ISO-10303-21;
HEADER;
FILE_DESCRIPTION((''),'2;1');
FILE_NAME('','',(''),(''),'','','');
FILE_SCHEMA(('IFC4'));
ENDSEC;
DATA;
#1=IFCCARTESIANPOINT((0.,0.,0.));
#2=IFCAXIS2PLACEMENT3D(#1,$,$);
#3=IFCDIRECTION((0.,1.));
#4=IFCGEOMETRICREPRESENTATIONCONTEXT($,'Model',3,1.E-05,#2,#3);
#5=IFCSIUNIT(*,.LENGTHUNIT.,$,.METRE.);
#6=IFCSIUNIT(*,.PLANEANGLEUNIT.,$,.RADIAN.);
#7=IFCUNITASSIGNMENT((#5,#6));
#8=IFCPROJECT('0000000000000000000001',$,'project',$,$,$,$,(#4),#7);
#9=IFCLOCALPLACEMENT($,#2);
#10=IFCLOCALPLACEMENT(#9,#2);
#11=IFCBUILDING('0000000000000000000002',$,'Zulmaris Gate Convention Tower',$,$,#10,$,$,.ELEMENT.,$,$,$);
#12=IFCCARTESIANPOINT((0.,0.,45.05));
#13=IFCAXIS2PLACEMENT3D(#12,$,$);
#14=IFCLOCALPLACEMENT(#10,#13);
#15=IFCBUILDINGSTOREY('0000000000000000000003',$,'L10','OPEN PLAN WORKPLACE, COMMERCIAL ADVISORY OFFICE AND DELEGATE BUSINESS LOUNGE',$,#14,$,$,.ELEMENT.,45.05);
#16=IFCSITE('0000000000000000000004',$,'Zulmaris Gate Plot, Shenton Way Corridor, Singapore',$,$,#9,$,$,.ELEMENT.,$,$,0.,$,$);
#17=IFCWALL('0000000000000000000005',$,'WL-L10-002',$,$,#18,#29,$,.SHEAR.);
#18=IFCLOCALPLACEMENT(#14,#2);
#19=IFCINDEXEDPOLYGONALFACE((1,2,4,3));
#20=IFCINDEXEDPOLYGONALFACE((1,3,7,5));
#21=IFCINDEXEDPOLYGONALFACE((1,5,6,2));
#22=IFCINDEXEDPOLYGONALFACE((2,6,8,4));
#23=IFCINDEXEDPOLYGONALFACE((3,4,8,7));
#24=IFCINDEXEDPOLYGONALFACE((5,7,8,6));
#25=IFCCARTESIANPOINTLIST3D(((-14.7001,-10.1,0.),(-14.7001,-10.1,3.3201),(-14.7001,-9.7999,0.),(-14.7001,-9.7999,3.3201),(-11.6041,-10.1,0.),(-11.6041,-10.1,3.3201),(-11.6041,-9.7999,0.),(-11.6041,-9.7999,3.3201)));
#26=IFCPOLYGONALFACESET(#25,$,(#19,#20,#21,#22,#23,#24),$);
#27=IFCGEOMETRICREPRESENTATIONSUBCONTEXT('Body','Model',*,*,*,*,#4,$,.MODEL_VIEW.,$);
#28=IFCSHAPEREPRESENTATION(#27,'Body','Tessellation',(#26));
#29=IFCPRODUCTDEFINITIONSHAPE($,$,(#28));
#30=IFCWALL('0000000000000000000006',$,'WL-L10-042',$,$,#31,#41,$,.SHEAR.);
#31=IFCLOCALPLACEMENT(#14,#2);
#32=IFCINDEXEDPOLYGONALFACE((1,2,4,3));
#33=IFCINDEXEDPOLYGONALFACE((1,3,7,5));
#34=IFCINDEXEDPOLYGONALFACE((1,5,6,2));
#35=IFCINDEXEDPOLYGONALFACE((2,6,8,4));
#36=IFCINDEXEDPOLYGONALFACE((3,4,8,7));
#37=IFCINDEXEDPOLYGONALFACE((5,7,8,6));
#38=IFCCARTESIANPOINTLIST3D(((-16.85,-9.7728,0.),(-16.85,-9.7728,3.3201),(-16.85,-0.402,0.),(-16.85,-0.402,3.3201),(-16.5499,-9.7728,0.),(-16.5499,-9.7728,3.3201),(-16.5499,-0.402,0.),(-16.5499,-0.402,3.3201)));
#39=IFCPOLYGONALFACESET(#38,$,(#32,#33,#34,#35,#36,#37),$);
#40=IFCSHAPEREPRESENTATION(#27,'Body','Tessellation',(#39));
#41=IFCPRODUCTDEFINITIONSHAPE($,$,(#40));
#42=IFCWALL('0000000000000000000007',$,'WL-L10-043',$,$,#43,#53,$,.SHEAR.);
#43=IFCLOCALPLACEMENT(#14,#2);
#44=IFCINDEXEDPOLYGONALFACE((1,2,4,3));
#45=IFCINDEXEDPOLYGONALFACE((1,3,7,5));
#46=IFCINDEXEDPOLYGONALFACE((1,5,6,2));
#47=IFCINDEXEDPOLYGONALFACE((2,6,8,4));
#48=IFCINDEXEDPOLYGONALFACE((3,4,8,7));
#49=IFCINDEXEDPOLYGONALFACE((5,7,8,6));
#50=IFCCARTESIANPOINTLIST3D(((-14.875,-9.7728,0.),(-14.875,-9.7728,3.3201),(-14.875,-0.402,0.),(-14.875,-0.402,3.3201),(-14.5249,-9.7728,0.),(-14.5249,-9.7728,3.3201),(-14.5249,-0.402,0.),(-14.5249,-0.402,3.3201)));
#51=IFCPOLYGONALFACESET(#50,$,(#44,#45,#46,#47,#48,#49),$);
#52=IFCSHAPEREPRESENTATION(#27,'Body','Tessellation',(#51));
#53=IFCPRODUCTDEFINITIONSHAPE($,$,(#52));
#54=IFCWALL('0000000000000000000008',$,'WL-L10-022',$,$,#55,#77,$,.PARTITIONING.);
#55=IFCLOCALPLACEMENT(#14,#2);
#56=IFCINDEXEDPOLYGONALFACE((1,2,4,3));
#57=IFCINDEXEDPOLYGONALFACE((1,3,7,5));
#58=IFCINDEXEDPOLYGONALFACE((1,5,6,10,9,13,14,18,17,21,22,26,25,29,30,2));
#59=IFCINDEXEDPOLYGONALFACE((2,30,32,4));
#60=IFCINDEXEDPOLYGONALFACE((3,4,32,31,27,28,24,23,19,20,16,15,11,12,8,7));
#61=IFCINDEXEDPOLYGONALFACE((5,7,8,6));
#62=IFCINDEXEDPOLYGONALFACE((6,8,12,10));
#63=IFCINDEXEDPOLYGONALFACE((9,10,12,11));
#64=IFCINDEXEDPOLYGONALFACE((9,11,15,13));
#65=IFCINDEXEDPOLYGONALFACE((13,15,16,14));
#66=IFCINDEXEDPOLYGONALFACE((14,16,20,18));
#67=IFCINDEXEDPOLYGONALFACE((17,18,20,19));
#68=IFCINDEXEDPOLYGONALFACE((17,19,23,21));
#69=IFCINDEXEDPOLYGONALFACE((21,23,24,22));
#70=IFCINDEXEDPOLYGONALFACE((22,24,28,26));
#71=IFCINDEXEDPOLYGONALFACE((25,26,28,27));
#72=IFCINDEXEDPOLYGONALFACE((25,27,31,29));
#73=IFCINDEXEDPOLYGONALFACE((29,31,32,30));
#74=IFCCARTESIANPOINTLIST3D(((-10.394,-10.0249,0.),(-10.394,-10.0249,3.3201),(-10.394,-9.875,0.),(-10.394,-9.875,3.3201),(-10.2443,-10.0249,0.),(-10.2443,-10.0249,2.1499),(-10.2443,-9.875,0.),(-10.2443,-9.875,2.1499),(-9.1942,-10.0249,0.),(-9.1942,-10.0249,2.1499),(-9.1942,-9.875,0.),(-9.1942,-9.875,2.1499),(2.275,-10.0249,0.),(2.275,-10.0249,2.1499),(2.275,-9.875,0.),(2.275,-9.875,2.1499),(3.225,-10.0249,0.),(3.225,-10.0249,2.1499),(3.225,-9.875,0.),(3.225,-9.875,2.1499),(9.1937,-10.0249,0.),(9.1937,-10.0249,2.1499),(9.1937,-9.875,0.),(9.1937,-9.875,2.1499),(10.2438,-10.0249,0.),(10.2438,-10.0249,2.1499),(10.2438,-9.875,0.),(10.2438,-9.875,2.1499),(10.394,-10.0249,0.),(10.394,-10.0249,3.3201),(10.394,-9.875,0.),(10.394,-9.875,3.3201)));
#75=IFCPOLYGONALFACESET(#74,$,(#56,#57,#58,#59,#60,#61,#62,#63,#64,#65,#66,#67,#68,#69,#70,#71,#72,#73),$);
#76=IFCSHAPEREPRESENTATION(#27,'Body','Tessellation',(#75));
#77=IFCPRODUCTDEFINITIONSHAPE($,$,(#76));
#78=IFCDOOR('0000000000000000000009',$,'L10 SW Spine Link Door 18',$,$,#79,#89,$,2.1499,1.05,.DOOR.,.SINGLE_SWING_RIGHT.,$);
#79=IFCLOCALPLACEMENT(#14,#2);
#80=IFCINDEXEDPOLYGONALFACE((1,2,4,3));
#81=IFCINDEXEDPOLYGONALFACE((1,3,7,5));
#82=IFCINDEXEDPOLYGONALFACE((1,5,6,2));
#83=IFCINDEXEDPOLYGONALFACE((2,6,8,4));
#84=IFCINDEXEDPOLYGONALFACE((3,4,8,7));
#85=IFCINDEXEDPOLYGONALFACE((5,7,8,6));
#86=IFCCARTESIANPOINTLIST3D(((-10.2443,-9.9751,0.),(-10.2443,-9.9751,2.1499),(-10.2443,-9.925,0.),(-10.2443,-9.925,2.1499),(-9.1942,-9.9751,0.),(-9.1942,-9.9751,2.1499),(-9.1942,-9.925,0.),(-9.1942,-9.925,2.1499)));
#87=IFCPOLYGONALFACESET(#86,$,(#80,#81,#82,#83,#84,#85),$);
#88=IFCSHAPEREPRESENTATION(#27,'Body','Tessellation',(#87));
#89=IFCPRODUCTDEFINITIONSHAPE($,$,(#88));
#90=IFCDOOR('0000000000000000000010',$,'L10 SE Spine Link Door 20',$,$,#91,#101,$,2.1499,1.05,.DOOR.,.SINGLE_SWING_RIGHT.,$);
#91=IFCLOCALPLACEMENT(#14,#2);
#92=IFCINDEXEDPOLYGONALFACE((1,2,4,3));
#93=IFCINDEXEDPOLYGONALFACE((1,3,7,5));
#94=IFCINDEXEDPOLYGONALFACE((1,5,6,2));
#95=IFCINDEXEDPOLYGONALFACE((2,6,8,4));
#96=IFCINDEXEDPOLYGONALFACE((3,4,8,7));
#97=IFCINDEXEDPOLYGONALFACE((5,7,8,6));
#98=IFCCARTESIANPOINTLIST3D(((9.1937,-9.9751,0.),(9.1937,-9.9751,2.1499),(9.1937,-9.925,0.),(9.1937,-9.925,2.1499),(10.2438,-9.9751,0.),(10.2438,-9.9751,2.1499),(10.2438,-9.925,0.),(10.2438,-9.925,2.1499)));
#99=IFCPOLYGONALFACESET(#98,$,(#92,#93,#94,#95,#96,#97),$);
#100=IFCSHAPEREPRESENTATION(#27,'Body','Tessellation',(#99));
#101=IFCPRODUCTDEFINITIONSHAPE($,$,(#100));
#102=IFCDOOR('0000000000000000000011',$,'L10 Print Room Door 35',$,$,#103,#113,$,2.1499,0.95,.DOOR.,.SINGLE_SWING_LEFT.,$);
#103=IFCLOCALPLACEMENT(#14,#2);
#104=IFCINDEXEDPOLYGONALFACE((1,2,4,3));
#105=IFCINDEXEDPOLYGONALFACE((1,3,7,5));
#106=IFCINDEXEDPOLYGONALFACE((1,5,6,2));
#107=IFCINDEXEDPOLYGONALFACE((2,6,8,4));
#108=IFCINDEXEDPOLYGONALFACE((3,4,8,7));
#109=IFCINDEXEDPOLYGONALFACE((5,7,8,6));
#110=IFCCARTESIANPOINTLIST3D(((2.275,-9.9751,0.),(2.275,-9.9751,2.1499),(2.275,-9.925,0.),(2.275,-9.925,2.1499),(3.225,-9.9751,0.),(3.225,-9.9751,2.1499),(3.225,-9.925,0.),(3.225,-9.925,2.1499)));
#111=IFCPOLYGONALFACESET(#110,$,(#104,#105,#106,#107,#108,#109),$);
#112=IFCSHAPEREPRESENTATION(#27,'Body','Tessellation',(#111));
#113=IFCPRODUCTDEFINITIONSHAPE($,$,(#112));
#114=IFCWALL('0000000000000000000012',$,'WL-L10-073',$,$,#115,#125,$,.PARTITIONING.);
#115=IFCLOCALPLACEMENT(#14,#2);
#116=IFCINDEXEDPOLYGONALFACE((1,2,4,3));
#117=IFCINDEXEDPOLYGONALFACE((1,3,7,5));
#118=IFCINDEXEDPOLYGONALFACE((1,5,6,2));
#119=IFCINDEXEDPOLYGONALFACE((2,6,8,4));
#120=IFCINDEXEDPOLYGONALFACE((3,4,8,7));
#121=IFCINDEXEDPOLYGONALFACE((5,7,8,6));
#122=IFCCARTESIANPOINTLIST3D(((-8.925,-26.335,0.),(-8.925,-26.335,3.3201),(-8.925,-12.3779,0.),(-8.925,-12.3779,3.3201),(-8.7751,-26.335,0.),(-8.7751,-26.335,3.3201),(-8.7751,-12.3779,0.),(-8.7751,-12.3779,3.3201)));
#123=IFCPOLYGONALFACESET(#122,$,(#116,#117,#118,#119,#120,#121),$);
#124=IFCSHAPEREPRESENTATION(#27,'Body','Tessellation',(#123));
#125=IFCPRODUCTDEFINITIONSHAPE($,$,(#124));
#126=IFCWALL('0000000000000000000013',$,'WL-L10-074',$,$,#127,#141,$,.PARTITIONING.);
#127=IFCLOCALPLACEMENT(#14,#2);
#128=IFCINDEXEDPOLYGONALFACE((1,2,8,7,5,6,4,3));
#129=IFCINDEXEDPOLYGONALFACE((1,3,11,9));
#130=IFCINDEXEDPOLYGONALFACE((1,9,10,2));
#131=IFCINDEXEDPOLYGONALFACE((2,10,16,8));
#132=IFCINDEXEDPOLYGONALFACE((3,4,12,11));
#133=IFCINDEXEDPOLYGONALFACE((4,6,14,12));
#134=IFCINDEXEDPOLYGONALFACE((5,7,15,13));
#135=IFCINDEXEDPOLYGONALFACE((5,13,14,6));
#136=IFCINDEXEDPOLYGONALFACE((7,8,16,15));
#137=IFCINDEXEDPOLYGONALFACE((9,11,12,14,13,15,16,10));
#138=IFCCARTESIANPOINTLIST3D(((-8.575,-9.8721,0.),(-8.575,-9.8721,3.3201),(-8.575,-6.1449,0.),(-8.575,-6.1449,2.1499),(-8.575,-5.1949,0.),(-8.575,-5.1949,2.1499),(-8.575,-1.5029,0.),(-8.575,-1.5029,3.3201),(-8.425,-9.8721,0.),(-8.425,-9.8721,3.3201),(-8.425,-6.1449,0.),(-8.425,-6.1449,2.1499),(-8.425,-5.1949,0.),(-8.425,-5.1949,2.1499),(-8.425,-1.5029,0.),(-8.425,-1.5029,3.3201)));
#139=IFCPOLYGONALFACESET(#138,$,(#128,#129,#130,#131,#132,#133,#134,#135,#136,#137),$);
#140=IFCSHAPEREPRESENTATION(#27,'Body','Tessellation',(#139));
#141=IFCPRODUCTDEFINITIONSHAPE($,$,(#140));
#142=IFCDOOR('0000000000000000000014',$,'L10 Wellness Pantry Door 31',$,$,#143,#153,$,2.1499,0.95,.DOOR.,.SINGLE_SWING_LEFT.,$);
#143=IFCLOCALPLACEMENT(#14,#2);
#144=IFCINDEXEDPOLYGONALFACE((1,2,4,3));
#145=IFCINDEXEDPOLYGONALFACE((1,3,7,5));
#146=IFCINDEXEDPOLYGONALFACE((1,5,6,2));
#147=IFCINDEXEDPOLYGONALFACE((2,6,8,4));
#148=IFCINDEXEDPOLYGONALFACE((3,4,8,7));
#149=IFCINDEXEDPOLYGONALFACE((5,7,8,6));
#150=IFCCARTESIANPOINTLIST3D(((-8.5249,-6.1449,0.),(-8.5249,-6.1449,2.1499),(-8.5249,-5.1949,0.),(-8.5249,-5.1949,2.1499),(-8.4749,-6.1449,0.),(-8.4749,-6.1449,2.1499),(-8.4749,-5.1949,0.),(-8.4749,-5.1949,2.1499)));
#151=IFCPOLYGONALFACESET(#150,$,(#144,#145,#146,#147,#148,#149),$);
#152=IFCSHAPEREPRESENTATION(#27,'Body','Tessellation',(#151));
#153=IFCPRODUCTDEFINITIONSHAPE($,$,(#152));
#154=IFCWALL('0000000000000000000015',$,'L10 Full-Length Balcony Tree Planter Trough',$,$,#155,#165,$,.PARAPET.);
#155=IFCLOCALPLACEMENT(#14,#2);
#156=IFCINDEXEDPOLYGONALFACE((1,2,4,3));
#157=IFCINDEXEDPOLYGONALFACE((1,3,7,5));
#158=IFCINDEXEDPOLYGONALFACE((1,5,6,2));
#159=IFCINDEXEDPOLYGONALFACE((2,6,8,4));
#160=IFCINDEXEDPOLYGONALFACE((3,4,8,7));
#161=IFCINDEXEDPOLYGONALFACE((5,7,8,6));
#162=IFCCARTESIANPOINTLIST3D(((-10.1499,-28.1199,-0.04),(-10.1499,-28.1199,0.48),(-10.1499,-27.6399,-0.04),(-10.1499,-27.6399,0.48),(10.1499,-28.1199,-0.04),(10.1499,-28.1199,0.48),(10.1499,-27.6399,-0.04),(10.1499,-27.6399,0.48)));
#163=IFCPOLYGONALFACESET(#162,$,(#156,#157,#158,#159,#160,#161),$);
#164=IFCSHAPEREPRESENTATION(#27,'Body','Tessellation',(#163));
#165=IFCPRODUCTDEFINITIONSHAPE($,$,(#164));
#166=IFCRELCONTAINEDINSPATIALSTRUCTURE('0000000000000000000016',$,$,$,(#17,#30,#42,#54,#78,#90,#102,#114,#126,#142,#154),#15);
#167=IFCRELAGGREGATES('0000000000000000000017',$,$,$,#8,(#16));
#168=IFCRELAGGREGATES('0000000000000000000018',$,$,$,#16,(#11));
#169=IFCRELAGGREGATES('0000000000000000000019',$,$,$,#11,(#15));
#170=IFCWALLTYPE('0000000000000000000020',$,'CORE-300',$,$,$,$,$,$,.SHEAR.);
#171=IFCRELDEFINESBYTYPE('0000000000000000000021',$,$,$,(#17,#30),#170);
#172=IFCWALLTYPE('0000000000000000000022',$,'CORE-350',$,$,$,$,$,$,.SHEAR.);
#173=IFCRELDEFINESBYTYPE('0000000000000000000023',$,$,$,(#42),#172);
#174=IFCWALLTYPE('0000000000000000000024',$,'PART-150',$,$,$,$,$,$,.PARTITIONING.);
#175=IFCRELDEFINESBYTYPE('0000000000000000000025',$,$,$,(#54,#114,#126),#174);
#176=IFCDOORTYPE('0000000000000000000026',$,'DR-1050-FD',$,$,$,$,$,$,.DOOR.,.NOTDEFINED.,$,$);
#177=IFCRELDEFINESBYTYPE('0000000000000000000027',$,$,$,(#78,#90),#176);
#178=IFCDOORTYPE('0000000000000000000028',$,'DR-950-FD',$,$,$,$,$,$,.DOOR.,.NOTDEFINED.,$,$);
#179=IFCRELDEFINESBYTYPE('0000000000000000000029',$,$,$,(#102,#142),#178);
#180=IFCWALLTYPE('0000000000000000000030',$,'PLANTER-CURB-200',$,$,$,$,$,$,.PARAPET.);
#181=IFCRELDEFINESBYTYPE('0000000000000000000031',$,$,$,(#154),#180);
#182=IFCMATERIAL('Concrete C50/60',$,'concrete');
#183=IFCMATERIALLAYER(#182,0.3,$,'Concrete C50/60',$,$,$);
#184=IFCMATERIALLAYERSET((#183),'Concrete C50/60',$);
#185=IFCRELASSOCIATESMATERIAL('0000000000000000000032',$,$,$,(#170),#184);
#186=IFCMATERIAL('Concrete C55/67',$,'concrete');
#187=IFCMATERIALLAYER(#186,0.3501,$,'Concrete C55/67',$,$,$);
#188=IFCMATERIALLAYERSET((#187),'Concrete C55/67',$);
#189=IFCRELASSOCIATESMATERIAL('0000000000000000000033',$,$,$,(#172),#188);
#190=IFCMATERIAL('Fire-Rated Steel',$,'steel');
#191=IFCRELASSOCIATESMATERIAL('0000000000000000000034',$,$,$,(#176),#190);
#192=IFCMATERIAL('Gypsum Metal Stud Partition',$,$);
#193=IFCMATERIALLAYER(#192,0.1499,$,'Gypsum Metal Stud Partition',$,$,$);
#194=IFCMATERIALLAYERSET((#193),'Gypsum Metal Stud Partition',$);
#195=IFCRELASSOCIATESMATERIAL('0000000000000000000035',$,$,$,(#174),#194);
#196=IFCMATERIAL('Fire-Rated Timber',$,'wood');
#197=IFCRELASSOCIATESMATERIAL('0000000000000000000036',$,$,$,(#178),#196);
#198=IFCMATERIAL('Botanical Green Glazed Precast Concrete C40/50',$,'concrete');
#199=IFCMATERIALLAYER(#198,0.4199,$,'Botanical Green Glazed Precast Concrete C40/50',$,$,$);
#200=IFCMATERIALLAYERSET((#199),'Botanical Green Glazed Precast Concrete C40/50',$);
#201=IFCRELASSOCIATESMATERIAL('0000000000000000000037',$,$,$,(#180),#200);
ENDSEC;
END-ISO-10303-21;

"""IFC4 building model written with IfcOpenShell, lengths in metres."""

from ifc_helpers import new_model, si_unit, direction, frame, frame_2d, origin, place, context, subcontext, project, spatial, rectangle, extrude, material, layer, layer_set, type_object, element, fill, save


model = new_model("IFC4")

# Units and contexts
model_context = context("Model", 3, precision=1e-05, world=origin(), true_north=direction((0.0, 1.0)))
body_context = subcontext(model_context, "Body", "Model", "MODEL_VIEW")
ifc_project = project(units=[si_unit("LENGTHUNIT", "METRE"), si_unit("PLANEANGLEUNIT", "RADIAN")], contexts=[model_context])

# Site, building, storey
site_placement = place(None, origin())
site = spatial("IfcSite", under=ifc_project, at=site_placement, Name="Zulmaris Gate Plot, Shenton Way Corridor, Singapore", CompositionType="ELEMENT", RefElevation=0.0)
building_placement = place(site_placement, origin())
building = spatial("IfcBuilding", under=site, at=building_placement, Name="Zulmaris Gate Convention Tower", CompositionType="ELEMENT")
storey_placement = place(building_placement, frame((0.0, 0.0, 45.05)))
storey = spatial("IfcBuildingStorey", under=building, at=storey_placement, Name="L10", Description="OPEN PLAN WORKPLACE, COMMERCIAL ADVISORY OFFICE AND DELEGATE BUSINESS LOUNGE", CompositionType="ELEMENT", Elevation=45.05)

# Walls
ifc_material_1 = material(Name="Concrete C50/60", Category="concrete")
ifc_layer_1 = layer(ifc_material_1, 0.3, Name="Concrete C50/60")
ifc_layer_set_1 = layer_set([ifc_layer_1], Name="Concrete C50/60")
wall_type_1 = type_object("IfcWallType", Name="CORE-300", PredefinedType="SHEAR", material=ifc_layer_set_1)
wall_1_placement = place(storey_placement, frame((-14.7, -9.95, 0.0), z_axis=(0.0, 0.0, 1.0), x_axis=(1.0, 0.0, 0.0)))
element("IfcWall", 1, at=wall_1_placement, inside=storey, type_object=wall_type_1, Name="WL-L10-002", PredefinedType="SHEAR", context=body_context, shape_type="SweptSolid", body=[
    extrude(rectangle(XDim=3.0959, YDim=0.3, at=frame_2d((1.5479, 0.0))), origin(), (0.0, 0.0, 1.0), 3.3201),
])
wall_2_placement = place(storey_placement, frame((-16.7, -9.7729, 0.0), z_axis=(0.0, 0.0, 1.0), x_axis=(0.0, 1.0, 0.0)))
element("IfcWall", 2, at=wall_2_placement, inside=storey, type_object=wall_type_1, Name="WL-L10-042", PredefinedType="SHEAR", context=body_context, shape_type="SweptSolid", body=[
    extrude(rectangle(XDim=9.3708, YDim=0.3, at=frame_2d((4.6855, 0.0))), origin(), (0.0, 0.0, 1.0), 3.3201),
])

# Shared definitions
ifc_material_2 = material(Name="Concrete C55/67", Category="concrete")
ifc_layer_2 = layer(ifc_material_2, 0.3501, Name="Concrete C55/67")
ifc_layer_set_2 = layer_set([ifc_layer_2], Name="Concrete C55/67")
wall_type_2 = type_object("IfcWallType", Name="CORE-350", PredefinedType="SHEAR", material=ifc_layer_set_2)
ifc_material_3 = material(Name="Fire-Rated Steel", Category="steel")
door_type_1 = type_object("IfcDoorType", Name="DR-1050-FD", OperationType="NOTDEFINED", PredefinedType="DOOR", material=ifc_material_3)

# Wall
wall_3_placement = place(storey_placement, frame((-14.7, -9.7729, 0.0), z_axis=(0.0, 0.0, 1.0), x_axis=(0.0, 1.0, 0.0)))
element("IfcWall", 3, at=wall_3_placement, inside=storey, type_object=wall_type_2, Name="WL-L10-043", PredefinedType="SHEAR", context=body_context, shape_type="SweptSolid", body=[
    extrude(rectangle(XDim=9.3708, YDim=0.3501, at=frame_2d((4.6855, 0.0))), origin(), (0.0, 0.0, 1.0), 3.3201),
])

# Wall, openings, doors
ifc_material_4 = material(Name="Gypsum Metal Stud Partition")
ifc_layer_3 = layer(ifc_material_4, 0.1499, Name="Gypsum Metal Stud Partition")
ifc_layer_set_3 = layer_set([ifc_layer_3], Name="Gypsum Metal Stud Partition")
wall_type_3 = type_object("IfcWallType", Name="PART-150", PredefinedType="PARTITIONING", material=ifc_layer_set_3)
wall_4_placement = place(storey_placement, frame((-10.394, -9.95, 0.0), z_axis=(0.0, 0.0, 1.0), x_axis=(1.0, 0.0, 0.0)))
wall_4 = element("IfcWall", 4, at=wall_4_placement, inside=storey, type_object=wall_type_3, Name="WL-L10-022", PredefinedType="PARTITIONING", context=body_context, shape_type="SweptSolid", body=[
    extrude(rectangle(XDim=20.7881, YDim=0.1499, at=frame_2d((10.394, 0.0))), origin(), (0.0, 0.0, 1.0), 3.3201),
])
opening_1_placement = place(wall_4_placement, frame((0.1499, 0.0, 0.0)))
opening_1 = element("IfcOpeningElement", 5, at=opening_1_placement, cuts=wall_4, PredefinedType="OPENING", context=body_context, shape_type="SweptSolid", body=[
    extrude(rectangle(XDim=1.05, YDim=2.1499, at=frame_2d((0.5249, 1.075))), frame((0.0, 0.085, 0.0), z_axis=(0.0, -1.0, 0.0), x_axis=(1.0, 0.0, 0.0)), (0.0, 0.0, 1.0), 0.1699),
])
opening_2_placement = place(wall_4_placement, frame((19.5879, 0.0, 0.0)))
opening_2 = element("IfcOpeningElement", 6, at=opening_2_placement, cuts=wall_4, PredefinedType="OPENING", context=body_context, shape_type="SweptSolid", body=[
    extrude(rectangle(XDim=1.05, YDim=2.1499, at=frame_2d((0.5249, 1.075))), frame((0.0, 0.085, 0.0), z_axis=(0.0, -1.0, 0.0), x_axis=(1.0, 0.0, 0.0)), (0.0, 0.0, 1.0), 0.1699),
])
opening_3_placement = place(wall_4_placement, frame((12.6689, 0.0, 0.0)))
opening_3 = element("IfcOpeningElement", 7, at=opening_3_placement, cuts=wall_4, PredefinedType="OPENING", context=body_context, shape_type="SweptSolid", body=[
    extrude(rectangle(XDim=0.95, YDim=2.1499, at=frame_2d((0.4751, 1.075))), frame((0.0, 0.085, 0.0), z_axis=(0.0, -1.0, 0.0), x_axis=(1.0, 0.0, 0.0)), (0.0, 0.0, 1.0), 0.1699),
])
door_1_placement = place(opening_1_placement, origin())
door_1 = element("IfcDoor", 8, at=door_1_placement, inside=storey, type_object=door_type_1, Name="L10 SW Spine Link Door 18", OperationType="SINGLE_SWING_RIGHT", OverallHeight=2.1499, OverallWidth=1.05, PredefinedType="DOOR", context=body_context, shape_type="SweptSolid", body=[
    extrude(rectangle(XDim=1.05, YDim=2.1499, at=frame_2d((0.5249, 1.075))), frame((0.0, 0.0249, 0.0), z_axis=(0.0, -1.0, 0.0), x_axis=(1.0, 0.0, 0.0)), (0.0, 0.0, 1.0), 0.05),
])
fill(opening_1, door_1)
door_2_placement = place(opening_2_placement, origin())
door_2 = element("IfcDoor", 9, at=door_2_placement, inside=storey, type_object=door_type_1, Name="L10 SE Spine Link Door 20", OperationType="SINGLE_SWING_RIGHT", OverallHeight=2.1499, OverallWidth=1.05, PredefinedType="DOOR", context=body_context, shape_type="SweptSolid", body=[
    extrude(rectangle(XDim=1.05, YDim=2.1499, at=frame_2d((0.5249, 1.075))), frame((0.0, 0.0249, 0.0), z_axis=(0.0, -1.0, 0.0), x_axis=(1.0, 0.0, 0.0)), (0.0, 0.0, 1.0), 0.05),
])
fill(opening_2, door_2)
ifc_material_5 = material(Name="Fire-Rated Timber", Category="wood")
door_type_2 = type_object("IfcDoorType", Name="DR-950-FD", OperationType="NOTDEFINED", PredefinedType="DOOR", material=ifc_material_5)
door_3_placement = place(opening_3_placement, origin())
door_3 = element("IfcDoor", 10, at=door_3_placement, inside=storey, type_object=door_type_2, Name="L10 Print Room Door 35", OperationType="SINGLE_SWING_LEFT", OverallHeight=2.1499, OverallWidth=0.95, PredefinedType="DOOR", context=body_context, shape_type="SweptSolid", body=[
    extrude(rectangle(XDim=0.95, YDim=2.1499, at=frame_2d((0.4751, 1.075))), frame((0.0, 0.0249, 0.0), z_axis=(0.0, -1.0, 0.0), x_axis=(1.0, 0.0, 0.0)), (0.0, 0.0, 1.0), 0.05),
])
fill(opening_3, door_3)

# Wall
wall_5_placement = place(storey_placement, frame((-8.8501, -26.335, 0.0), z_axis=(0.0, 0.0, 1.0), x_axis=(0.0, 1.0, 0.0)))
element("IfcWall", 11, at=wall_5_placement, inside=storey, type_object=wall_type_3, Name="WL-L10-073", PredefinedType="PARTITIONING", context=body_context, shape_type="SweptSolid", body=[
    extrude(rectangle(XDim=13.957, YDim=0.1499, at=frame_2d((6.9785, 0.0))), origin(), (0.0, 0.0, 1.0), 3.3201),
])

# Wall, opening, door
wall_6_placement = place(storey_placement, frame((-8.5, -9.8721, 0.0), z_axis=(0.0, 0.0, 1.0), x_axis=(0.0, 1.0, 0.0)))
wall_6 = element("IfcWall", 12, at=wall_6_placement, inside=storey, type_object=wall_type_3, Name="WL-L10-074", PredefinedType="PARTITIONING", context=body_context, shape_type="SweptSolid", body=[
    extrude(rectangle(XDim=8.3691, YDim=0.1499, at=frame_2d((4.1846, 0.0))), origin(), (0.0, 0.0, 1.0), 3.3201),
])
opening_4_placement = place(wall_6_placement, frame((3.7271, 0.0, 0.0)))
opening_4 = element("IfcOpeningElement", 13, at=opening_4_placement, cuts=wall_6, PredefinedType="OPENING", context=body_context, shape_type="SweptSolid", body=[
    extrude(rectangle(XDim=0.95, YDim=2.1499, at=frame_2d((0.4751, 1.075))), frame((0.0, 0.085, 0.0), z_axis=(0.0, -1.0, 0.0), x_axis=(1.0, 0.0, 0.0)), (0.0, 0.0, 1.0), 0.1699),
])
door_4_placement = place(opening_4_placement, origin())
door_4 = element("IfcDoor", 14, at=door_4_placement, inside=storey, type_object=door_type_2, Name="L10 Wellness Pantry Door 31", OperationType="SINGLE_SWING_LEFT", OverallHeight=2.1499, OverallWidth=0.95, PredefinedType="DOOR", context=body_context, shape_type="SweptSolid", body=[
    extrude(rectangle(XDim=0.95, YDim=2.1499, at=frame_2d((0.4751, 1.075))), frame((0.0, 0.0249, 0.0), z_axis=(0.0, -1.0, 0.0), x_axis=(1.0, 0.0, 0.0)), (0.0, 0.0, 1.0), 0.05),
])
fill(opening_4, door_4)

# Wall
ifc_material_6 = material(Name="Botanical Green Glazed Precast Concrete C40/50", Category="concrete")
ifc_layer_4 = layer(ifc_material_6, 0.4199, Name="Botanical Green Glazed Precast Concrete C40/50")
ifc_layer_set_4 = layer_set([ifc_layer_4], Name="Botanical Green Glazed Precast Concrete C40/50")
wall_type_4 = type_object("IfcWallType", Name="PLANTER-CURB-200", PredefinedType="PARAPET", material=ifc_layer_set_4)
wall_7_placement = place(storey_placement, frame((-10.1499, -27.8799, -0.04), z_axis=(0.0, 0.0, 1.0), x_axis=(1.0, 0.0, 0.0)))
element("IfcWall", 15, at=wall_7_placement, inside=storey, type_object=wall_type_4, Name="L10 Full-Length Balcony Tree Planter Trough", PredefinedType="PARAPET", context=body_context, shape_type="SweptSolid", body=[
    extrude(rectangle(XDim=20.2998, YDim=0.48, at=frame_2d((10.1499, 0.0))), origin(), (0.0, 0.0, 1.0), 0.52),
])

save(model, "model.ifc")
